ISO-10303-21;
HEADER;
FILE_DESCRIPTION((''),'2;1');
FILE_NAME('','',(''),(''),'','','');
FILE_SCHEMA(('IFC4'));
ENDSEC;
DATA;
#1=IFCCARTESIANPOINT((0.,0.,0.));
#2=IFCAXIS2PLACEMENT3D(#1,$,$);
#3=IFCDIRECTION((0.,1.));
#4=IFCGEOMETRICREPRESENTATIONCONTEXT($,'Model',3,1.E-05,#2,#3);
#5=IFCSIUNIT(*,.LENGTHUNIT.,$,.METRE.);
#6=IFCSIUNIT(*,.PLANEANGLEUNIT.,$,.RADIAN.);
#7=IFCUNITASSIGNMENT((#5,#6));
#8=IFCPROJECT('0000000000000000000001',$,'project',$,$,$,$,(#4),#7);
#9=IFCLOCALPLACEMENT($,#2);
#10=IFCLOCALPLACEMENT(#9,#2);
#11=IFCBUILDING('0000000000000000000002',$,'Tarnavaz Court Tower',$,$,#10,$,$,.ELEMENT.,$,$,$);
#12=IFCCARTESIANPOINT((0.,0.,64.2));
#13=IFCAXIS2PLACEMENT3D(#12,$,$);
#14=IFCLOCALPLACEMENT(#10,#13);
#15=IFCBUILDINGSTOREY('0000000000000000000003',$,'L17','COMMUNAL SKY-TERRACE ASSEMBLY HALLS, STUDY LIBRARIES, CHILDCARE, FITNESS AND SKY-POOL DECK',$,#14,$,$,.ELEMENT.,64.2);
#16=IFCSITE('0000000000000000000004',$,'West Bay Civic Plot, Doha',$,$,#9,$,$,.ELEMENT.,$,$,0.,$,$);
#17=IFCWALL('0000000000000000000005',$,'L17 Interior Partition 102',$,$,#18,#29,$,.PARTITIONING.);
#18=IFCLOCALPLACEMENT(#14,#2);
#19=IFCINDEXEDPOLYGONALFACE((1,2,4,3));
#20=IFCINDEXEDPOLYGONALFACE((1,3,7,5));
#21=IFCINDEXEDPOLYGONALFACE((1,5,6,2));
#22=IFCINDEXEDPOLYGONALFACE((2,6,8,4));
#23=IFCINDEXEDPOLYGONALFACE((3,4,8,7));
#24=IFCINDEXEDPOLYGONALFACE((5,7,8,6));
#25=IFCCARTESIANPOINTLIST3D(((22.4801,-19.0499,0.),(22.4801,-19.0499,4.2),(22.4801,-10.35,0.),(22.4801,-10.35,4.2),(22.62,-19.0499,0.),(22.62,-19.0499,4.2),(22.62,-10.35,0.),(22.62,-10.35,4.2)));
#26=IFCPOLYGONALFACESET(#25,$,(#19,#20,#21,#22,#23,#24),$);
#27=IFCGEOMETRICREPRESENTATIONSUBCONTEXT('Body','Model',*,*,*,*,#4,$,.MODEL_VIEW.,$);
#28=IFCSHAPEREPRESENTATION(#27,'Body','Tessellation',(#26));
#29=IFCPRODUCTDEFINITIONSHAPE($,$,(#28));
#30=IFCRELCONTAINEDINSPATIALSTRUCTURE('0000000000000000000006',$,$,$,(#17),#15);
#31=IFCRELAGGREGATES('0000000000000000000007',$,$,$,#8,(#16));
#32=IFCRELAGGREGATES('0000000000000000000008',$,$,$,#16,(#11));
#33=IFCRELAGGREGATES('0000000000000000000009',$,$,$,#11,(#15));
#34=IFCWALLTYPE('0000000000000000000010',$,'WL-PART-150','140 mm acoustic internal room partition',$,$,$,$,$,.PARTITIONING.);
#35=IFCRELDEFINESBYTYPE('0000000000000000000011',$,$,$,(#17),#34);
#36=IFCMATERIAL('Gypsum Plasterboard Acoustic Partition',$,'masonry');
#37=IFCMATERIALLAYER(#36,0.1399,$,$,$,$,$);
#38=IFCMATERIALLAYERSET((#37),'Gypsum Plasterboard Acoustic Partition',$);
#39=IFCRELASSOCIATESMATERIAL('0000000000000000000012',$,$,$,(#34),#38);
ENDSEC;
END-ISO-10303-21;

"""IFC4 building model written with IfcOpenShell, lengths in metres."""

from ifc_helpers import new_model, si_unit, direction, frame, frame_2d, origin, place, context, subcontext, project, spatial, rectangle, extrude, material, layer, layer_set, type_object, element, save


model = new_model("IFC4")

# Units and contexts
model_context = context("Model", 3, precision=1e-05, world=origin(), true_north=direction((0.0, 1.0)))
body_context = subcontext(model_context, "Body", "Model", "MODEL_VIEW")
ifc_project = project(units=[si_unit("LENGTHUNIT", "METRE"), si_unit("PLANEANGLEUNIT", "RADIAN")], contexts=[model_context])

# Site, building, storey
site_placement = place(None, origin())
site = spatial("IfcSite", under=ifc_project, at=site_placement, Name="West Bay Civic Plot, Doha", CompositionType="ELEMENT", RefElevation=0.0)
building_placement = place(site_placement, origin())
building = spatial("IfcBuilding", under=site, at=building_placement, Name="Tarnavaz Court Tower", CompositionType="ELEMENT")
storey_placement = place(building_placement, frame((0.0, 0.0, 64.2)))
storey = spatial("IfcBuildingStorey", under=building, at=storey_placement, Name="L17", Description="COMMUNAL SKY-TERRACE ASSEMBLY HALLS, STUDY LIBRARIES, CHILDCARE, FITNESS AND SKY-POOL DECK", CompositionType="ELEMENT", Elevation=64.2)

# Wall
ifc_material_1 = material(Name="Gypsum Plasterboard Acoustic Partition", Category="masonry")
ifc_layer_1 = layer(ifc_material_1, 0.1399)
ifc_layer_set_1 = layer_set([ifc_layer_1], Name="Gypsum Plasterboard Acoustic Partition")
wall_type_1 = type_object("IfcWallType", Name="WL-PART-150", Description="140 mm acoustic internal room partition", PredefinedType="PARTITIONING", material=ifc_layer_set_1)
wall_1_placement = place(storey_placement, frame((22.55, -19.05, 0.0), z_axis=(0.0, 0.0, 1.0), x_axis=(0.0, 1.0, 0.0)))
element("IfcWall", 1, at=wall_1_placement, inside=storey, type_object=wall_type_1, Name="L17 Interior Partition 102", PredefinedType="PARTITIONING", context=body_context, shape_type="SweptSolid", body=[
    extrude(rectangle(XDim=8.7, YDim=0.1399, at=frame_2d((4.3501, 0.0))), origin(), (0.0, 0.0, 1.0), 4.2),
])

save(model, "model.ifc")
